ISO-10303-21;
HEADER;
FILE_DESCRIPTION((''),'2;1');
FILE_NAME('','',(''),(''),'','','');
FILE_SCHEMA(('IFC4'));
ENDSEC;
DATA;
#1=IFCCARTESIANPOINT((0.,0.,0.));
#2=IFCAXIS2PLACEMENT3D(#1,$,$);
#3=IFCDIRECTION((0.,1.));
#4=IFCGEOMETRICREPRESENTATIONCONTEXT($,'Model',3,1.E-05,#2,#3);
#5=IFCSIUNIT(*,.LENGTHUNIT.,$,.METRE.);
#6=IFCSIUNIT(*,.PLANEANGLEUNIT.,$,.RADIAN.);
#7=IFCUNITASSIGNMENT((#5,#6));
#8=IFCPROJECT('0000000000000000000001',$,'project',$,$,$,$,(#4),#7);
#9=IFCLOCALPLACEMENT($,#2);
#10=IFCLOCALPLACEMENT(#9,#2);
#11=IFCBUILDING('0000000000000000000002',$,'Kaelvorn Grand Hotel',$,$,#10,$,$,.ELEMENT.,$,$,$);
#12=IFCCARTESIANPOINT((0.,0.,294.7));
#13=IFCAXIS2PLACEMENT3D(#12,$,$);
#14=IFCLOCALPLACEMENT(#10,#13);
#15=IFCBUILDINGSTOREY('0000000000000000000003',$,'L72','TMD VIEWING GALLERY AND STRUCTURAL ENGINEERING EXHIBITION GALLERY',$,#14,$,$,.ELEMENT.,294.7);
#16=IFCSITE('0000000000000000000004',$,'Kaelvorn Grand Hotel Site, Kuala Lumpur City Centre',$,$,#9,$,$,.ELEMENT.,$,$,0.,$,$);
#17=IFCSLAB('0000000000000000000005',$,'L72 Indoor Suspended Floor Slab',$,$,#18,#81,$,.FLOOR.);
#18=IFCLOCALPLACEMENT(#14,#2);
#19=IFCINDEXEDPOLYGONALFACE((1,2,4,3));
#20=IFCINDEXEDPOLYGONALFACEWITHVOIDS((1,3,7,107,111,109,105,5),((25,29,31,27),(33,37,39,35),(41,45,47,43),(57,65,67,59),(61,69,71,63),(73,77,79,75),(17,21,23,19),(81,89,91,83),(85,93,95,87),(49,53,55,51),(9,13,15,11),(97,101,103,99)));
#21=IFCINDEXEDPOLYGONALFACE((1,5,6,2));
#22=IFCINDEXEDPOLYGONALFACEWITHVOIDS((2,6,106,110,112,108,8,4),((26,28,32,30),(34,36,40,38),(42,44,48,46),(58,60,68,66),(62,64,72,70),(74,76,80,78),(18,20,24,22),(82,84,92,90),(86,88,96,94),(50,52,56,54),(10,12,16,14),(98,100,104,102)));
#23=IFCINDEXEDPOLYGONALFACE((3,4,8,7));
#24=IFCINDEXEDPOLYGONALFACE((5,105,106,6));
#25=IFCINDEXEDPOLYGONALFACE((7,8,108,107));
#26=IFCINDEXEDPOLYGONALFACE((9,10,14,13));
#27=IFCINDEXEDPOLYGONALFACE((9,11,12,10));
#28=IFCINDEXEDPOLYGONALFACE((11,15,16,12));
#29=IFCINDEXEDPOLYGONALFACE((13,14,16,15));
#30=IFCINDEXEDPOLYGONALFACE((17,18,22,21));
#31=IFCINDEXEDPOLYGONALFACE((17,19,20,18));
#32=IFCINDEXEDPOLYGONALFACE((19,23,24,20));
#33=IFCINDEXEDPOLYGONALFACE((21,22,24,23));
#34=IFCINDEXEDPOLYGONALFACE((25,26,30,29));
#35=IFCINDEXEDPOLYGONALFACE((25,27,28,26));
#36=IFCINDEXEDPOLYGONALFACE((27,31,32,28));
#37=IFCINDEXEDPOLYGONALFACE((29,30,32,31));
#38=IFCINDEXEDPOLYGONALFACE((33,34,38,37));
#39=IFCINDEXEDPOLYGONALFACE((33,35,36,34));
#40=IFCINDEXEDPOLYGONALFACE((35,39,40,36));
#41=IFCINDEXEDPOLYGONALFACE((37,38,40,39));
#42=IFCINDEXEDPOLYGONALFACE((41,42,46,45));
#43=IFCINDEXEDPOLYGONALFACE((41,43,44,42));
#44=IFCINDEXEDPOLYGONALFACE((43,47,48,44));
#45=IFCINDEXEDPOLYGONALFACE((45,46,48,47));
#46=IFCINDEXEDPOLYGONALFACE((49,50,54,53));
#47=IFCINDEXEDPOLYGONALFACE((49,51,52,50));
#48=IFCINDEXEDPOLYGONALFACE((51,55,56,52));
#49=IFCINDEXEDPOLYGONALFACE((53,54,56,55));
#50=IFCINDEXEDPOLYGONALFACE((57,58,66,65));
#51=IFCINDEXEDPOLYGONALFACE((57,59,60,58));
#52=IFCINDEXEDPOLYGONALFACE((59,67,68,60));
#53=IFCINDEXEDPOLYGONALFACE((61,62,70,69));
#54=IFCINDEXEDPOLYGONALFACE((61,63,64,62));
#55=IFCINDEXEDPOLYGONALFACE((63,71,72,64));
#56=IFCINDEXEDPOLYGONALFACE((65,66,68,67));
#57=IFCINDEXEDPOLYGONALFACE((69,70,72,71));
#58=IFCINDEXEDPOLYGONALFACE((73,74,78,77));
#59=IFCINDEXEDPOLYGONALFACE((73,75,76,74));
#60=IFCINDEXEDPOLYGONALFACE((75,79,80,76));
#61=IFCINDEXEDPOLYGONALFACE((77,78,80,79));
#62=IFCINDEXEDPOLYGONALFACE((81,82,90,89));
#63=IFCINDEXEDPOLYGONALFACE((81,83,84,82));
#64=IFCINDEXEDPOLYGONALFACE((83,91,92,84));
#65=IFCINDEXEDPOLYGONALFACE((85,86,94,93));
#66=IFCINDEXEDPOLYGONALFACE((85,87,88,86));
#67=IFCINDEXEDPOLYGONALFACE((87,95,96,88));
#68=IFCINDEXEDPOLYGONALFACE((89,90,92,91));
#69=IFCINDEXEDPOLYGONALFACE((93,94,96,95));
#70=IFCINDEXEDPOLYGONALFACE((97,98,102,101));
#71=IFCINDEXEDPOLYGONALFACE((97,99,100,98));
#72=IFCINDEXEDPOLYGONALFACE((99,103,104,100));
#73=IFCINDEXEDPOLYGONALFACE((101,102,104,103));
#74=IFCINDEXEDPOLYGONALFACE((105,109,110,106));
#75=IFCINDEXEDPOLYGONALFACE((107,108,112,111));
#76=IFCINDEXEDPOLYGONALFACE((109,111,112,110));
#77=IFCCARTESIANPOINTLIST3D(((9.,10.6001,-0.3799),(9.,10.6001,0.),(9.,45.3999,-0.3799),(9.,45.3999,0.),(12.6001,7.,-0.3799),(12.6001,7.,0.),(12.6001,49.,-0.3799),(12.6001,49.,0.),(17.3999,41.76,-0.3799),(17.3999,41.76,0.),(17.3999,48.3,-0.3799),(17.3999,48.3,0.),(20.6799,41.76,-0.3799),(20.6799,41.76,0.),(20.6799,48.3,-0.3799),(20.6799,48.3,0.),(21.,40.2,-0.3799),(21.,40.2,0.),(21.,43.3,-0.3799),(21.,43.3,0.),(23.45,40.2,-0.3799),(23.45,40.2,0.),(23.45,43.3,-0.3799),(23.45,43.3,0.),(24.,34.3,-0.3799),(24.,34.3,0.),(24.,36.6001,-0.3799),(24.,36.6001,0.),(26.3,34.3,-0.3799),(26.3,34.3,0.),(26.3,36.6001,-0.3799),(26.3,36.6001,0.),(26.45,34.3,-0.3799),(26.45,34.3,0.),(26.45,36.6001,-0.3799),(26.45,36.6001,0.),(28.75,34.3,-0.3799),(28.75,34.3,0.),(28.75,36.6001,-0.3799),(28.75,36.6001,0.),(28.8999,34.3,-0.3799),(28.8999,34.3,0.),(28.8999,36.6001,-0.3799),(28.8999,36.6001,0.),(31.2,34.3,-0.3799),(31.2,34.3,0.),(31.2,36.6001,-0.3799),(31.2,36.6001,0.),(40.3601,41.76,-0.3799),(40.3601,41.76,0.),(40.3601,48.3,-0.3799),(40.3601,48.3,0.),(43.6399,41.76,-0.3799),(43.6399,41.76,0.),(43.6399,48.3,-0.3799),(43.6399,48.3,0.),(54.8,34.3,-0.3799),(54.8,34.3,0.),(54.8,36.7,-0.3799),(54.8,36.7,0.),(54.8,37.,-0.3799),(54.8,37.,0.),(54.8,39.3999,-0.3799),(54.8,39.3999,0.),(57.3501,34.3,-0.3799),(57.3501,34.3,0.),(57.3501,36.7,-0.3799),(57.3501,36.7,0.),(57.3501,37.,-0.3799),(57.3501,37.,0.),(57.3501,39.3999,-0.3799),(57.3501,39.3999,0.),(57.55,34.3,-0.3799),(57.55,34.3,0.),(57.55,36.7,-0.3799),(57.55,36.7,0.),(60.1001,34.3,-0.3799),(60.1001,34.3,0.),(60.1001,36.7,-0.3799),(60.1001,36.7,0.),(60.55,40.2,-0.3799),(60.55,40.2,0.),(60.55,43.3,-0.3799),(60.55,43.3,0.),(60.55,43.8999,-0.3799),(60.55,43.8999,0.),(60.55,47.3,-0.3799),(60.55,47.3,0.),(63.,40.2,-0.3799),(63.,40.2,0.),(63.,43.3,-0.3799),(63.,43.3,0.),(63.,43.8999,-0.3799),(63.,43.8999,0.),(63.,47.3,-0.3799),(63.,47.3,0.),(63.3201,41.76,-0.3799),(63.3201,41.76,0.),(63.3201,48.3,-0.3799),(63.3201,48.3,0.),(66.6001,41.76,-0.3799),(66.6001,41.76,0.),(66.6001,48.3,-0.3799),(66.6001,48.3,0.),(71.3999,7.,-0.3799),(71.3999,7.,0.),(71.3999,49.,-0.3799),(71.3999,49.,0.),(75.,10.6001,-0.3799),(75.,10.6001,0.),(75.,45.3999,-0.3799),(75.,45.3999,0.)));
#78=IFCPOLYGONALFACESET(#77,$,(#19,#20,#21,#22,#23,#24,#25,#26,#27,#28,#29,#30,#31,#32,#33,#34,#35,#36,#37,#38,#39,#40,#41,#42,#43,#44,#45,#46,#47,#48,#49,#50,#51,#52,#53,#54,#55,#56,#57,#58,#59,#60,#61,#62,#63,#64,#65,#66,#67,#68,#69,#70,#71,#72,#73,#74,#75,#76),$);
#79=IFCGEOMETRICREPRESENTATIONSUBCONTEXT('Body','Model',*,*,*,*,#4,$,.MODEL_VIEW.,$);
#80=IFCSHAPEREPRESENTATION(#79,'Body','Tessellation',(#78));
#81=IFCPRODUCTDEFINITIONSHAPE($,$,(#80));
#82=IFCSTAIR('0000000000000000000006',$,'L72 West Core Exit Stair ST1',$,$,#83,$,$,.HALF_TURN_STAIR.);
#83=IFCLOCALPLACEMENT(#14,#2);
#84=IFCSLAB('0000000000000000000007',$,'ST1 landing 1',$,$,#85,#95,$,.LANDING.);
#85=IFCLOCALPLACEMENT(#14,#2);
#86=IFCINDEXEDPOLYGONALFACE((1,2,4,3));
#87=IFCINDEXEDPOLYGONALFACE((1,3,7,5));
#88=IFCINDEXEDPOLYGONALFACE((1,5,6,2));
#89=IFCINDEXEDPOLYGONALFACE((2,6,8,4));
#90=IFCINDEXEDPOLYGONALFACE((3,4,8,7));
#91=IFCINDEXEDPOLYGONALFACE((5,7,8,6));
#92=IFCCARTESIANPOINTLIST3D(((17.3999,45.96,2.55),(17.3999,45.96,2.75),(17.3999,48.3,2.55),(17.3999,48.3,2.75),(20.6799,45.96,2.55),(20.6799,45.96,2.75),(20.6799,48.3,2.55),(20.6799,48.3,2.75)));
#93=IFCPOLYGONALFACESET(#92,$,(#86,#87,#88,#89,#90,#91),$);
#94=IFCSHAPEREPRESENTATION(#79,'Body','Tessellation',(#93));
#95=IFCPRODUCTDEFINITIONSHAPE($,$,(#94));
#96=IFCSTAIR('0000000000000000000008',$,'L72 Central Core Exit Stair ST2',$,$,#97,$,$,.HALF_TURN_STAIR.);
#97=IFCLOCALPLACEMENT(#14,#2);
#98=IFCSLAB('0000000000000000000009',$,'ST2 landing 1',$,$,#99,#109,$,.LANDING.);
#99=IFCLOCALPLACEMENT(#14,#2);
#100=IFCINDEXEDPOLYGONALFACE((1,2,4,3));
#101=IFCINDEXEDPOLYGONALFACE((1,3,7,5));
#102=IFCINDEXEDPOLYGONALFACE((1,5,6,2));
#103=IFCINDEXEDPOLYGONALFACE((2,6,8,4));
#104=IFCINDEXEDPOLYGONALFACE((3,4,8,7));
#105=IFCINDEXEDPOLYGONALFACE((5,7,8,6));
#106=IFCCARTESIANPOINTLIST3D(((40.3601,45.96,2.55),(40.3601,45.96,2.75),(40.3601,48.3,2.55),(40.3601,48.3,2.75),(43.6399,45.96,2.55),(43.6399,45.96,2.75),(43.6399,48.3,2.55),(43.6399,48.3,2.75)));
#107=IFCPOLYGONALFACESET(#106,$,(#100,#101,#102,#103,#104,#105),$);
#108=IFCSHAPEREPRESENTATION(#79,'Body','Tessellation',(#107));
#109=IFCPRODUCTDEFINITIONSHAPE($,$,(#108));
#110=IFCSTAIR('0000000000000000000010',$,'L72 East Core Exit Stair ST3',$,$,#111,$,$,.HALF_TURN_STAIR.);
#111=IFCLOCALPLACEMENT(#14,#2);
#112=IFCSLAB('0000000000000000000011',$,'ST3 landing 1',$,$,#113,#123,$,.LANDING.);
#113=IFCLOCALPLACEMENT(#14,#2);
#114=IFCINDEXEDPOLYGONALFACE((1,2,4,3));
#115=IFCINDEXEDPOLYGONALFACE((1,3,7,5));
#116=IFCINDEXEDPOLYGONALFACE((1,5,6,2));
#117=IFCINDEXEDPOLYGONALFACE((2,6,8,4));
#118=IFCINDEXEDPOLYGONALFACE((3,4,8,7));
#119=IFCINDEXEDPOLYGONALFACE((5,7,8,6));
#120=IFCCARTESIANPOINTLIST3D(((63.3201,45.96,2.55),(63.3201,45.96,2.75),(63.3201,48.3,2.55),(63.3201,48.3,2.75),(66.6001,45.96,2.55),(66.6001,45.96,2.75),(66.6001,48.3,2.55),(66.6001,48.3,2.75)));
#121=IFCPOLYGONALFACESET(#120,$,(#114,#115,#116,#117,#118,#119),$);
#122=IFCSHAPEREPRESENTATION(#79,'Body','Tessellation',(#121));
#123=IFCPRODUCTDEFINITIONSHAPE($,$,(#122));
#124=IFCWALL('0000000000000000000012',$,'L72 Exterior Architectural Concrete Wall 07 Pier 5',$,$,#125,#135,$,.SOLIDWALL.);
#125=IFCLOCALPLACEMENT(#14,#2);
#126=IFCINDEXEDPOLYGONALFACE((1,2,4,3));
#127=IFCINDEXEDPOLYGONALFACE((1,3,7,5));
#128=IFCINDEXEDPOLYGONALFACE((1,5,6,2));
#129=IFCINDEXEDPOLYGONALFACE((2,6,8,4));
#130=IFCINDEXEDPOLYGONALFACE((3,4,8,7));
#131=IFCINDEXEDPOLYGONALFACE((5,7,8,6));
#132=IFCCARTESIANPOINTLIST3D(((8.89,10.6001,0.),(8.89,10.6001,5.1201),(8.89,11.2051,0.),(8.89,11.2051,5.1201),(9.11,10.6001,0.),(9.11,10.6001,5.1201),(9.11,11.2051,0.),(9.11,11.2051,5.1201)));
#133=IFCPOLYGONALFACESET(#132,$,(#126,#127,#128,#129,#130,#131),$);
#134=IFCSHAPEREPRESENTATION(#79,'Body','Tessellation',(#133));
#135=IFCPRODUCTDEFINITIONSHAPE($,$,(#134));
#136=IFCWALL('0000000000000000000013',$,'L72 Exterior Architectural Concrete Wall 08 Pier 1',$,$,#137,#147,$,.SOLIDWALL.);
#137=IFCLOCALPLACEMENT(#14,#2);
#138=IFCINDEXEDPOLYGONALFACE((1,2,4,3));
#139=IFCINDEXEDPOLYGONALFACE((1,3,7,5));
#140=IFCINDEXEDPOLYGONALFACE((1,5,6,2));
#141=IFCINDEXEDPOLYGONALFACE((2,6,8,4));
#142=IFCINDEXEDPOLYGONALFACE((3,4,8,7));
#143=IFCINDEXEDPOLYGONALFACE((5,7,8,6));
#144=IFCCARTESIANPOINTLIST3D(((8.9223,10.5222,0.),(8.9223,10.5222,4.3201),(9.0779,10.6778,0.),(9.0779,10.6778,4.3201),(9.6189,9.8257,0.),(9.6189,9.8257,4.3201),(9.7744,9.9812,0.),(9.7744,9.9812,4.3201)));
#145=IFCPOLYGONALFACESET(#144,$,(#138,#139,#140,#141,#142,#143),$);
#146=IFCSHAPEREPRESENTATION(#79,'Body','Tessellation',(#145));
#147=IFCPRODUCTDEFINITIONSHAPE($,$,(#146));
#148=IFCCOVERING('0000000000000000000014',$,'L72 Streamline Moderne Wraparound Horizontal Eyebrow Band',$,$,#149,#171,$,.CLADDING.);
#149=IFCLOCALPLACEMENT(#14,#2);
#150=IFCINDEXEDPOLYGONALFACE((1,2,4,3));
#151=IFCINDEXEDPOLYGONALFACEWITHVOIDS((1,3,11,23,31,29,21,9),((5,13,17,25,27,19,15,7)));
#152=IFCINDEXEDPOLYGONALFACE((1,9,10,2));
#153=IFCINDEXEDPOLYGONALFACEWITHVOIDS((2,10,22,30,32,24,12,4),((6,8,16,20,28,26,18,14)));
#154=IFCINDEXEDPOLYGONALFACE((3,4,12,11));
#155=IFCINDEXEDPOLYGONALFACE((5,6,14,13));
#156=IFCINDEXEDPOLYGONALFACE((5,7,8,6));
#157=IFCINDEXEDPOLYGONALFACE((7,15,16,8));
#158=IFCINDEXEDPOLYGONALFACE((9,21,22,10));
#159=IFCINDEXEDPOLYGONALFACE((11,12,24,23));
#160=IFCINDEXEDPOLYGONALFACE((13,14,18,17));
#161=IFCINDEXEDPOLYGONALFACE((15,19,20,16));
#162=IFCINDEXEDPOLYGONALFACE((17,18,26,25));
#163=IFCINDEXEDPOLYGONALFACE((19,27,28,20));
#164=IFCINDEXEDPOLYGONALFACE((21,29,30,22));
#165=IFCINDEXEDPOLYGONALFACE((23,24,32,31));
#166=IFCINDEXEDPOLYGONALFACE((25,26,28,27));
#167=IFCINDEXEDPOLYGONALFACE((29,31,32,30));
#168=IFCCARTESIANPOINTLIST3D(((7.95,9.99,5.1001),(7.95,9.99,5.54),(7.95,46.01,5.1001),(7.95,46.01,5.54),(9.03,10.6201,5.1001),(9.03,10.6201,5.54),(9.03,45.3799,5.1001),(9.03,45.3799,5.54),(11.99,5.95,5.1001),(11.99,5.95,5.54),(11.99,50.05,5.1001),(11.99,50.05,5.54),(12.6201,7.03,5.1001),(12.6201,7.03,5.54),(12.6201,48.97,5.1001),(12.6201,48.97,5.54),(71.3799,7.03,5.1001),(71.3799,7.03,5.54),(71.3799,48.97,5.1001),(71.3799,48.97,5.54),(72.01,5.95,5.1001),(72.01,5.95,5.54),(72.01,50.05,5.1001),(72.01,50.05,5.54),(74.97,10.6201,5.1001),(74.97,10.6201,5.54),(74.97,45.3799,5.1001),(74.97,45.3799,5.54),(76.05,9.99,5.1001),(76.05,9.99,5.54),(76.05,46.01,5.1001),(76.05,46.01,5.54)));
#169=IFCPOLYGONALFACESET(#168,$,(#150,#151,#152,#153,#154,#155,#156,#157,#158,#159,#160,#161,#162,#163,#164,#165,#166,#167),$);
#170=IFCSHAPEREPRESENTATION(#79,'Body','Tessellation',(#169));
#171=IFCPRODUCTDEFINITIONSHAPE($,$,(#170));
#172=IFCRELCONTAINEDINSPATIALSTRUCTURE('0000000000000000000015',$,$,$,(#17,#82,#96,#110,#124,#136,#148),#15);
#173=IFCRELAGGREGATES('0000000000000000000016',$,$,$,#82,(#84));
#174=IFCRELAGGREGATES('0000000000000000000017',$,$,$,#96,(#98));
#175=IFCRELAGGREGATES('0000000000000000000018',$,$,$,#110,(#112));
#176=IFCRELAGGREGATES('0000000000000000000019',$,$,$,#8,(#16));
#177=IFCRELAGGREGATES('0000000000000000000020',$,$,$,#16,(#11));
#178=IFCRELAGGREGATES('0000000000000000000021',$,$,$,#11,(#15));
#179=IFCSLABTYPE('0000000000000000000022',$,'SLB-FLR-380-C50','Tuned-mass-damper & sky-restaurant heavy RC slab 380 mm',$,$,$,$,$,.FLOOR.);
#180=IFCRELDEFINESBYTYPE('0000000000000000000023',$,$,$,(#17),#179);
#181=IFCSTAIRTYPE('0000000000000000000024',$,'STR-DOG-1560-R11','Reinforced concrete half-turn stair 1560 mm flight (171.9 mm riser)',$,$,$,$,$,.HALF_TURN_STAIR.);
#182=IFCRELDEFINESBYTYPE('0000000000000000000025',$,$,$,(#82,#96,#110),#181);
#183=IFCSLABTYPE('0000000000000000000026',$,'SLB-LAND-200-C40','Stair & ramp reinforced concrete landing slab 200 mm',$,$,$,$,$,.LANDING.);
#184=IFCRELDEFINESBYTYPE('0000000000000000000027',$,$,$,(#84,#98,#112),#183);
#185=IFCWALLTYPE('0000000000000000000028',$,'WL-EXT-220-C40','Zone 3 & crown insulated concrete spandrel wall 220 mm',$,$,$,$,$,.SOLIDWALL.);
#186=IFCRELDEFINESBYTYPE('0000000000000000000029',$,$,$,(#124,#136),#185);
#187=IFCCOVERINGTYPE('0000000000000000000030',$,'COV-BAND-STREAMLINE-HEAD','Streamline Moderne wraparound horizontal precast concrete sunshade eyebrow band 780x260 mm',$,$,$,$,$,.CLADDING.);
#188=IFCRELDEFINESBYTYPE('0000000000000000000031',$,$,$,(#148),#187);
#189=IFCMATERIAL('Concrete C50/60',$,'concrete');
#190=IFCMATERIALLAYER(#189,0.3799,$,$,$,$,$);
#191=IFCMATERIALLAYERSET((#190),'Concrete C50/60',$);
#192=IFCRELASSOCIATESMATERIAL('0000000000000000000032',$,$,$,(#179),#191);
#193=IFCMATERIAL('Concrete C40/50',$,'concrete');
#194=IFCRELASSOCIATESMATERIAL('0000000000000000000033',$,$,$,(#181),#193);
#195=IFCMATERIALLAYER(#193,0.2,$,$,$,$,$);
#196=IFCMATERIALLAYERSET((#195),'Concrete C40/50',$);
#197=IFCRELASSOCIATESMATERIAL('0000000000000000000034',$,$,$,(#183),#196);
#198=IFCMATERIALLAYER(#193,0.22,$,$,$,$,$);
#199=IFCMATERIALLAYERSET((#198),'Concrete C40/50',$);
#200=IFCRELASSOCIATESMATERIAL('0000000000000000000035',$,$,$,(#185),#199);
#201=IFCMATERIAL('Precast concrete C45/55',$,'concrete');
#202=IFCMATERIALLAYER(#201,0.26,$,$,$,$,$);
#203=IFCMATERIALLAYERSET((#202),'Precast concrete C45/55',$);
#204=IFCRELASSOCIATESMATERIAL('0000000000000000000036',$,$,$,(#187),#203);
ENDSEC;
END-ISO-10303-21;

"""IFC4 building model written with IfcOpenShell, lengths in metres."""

from ifc_helpers import new_model, si_unit, direction, frame, frame_2d, origin, place, context, subcontext, project, spatial, polyline, rectangle, outline, extrude, material, layer, layer_set, type_object, element, aggregate, save


model = new_model("IFC4")

# Units and contexts
model_context = context("Model", 3, precision=1e-05, world=origin(), true_north=direction((0.0, 1.0)))
body_context = subcontext(model_context, "Body", "Model", "MODEL_VIEW")
ifc_project = project(units=[si_unit("LENGTHUNIT", "METRE"), si_unit("PLANEANGLEUNIT", "RADIAN")], contexts=[model_context])

# Site, building, storey
site_placement = place(None, origin())
site = spatial("IfcSite", under=ifc_project, at=site_placement, Name="Kaelvorn Grand Hotel Site, Kuala Lumpur City Centre", CompositionType="ELEMENT", RefElevation=0.0)
building_placement = place(site_placement, origin())
building = spatial("IfcBuilding", under=site, at=building_placement, Name="Kaelvorn Grand Hotel", CompositionType="ELEMENT")
storey_placement = place(building_placement, frame((0.0, 0.0, 294.7)))
storey = spatial("IfcBuildingStorey", under=building, at=storey_placement, Name="L72", Description="TMD VIEWING GALLERY AND STRUCTURAL ENGINEERING EXHIBITION GALLERY", CompositionType="ELEMENT", Elevation=294.7)

# Shared definitions
ifc_material_1 = material(Name="Concrete C50/60", Category="concrete")

# Slab
ifc_layer_1 = layer(ifc_material_1, 0.3799)
ifc_layer_set_1 = layer_set([ifc_layer_1], Name="Concrete C50/60")
slab_type_1 = type_object("IfcSlabType", Name="SLB-FLR-380-C50", Description="Tuned-mass-damper & sky-restaurant heavy RC slab 380 mm", PredefinedType="FLOOR", material=ifc_layer_set_1)
slab_1_placement = place(storey_placement, frame((0.0, 0.0, -0.3799)))
element("IfcSlab", 1, at=slab_1_placement, inside=storey, type_object=slab_type_1, Name="L72 Indoor Suspended Floor Slab", PredefinedType="FLOOR", context=body_context, shape_type="SweptSolid", body=[
    extrude(outline(polyline([(12.6001, 7.0), (71.3999, 7.0), (75.0, 10.6001), (75.0, 45.3999), (71.3999, 49.0), (12.6001, 49.0), (9.0, 45.3999), (9.0, 10.6001), (12.6001, 7.0)]), holes=[polyline([(17.3999, 41.76), (17.3999, 48.3), (20.6799, 48.3), (20.6799, 41.76), (17.3999, 41.76)]), polyline([(40.3601, 41.76), (40.3601, 48.3), (43.6399, 48.3), (43.6399, 41.76), (40.3601, 41.76)]), polyline([(63.3201, 41.76), (63.3201, 48.3), (66.6001, 48.3), (66.6001, 41.76), (63.3201, 41.76)]), polyline([(24.0, 34.3), (24.0, 36.6001), (26.3, 36.6001), (26.3, 34.3), (24.0, 34.3)]), polyline([(26.45, 34.3), (26.45, 36.6001), (28.75, 36.6001), (28.75, 34.3), (26.45, 34.3)]), polyline([(28.8999, 34.3), (28.8999, 36.6001), (31.2, 36.6001), (31.2, 34.3), (28.8999, 34.3)]), polyline([(54.8, 34.3), (54.8, 36.7), (57.3501, 36.7), (57.3501, 34.3), (54.8, 34.3)]), polyline([(57.55, 34.3), (57.55, 36.7), (60.1001, 36.7), (60.1001, 34.3), (57.55, 34.3)]), polyline([(54.8, 37.0), (54.8, 39.3999), (57.3501, 39.3999), (57.3501, 37.0), (54.8, 37.0)]), polyline([(21.0, 40.2), (21.0, 43.3), (23.45, 43.3), (23.45, 40.2), (21.0, 40.2)]), polyline([(60.55, 40.2), (60.55, 43.3), (63.0, 43.3), (63.0, 40.2), (60.55, 40.2)]), polyline([(60.55, 43.8999), (60.55, 47.3), (63.0, 47.3), (63.0, 43.8999), (60.55, 43.8999)])]), origin(), (0.0, 0.0, 1.0), 0.3799),
])

# Stairs, slabs
ifc_material_2 = material(Name="Concrete C40/50", Category="concrete")
stair_type = type_object("IfcStairType", Name="STR-DOG-1560-R11", Description="Reinforced concrete half-turn stair 1560 mm flight (171.9 mm riser)", PredefinedType="HALF_TURN_STAIR", material=ifc_material_2)
stair_1_placement = place(storey_placement, origin())
stair_1 = element("IfcStair", 2, at=stair_1_placement, inside=storey, type_object=stair_type, Name="L72 West Core Exit Stair ST1", PredefinedType="HALF_TURN_STAIR")
ifc_layer_2 = layer(ifc_material_2, 0.2)
ifc_layer_set_2 = layer_set([ifc_layer_2], Name="Concrete C40/50")
slab_type_2 = type_object("IfcSlabType", Name="SLB-LAND-200-C40", Description="Stair & ramp reinforced concrete landing slab 200 mm", PredefinedType="LANDING", material=ifc_layer_set_2)
slab_2_placement = place(storey_placement, frame((0.0, 0.0, 2.55)))
slab_2 = element("IfcSlab", 3, at=slab_2_placement, type_object=slab_type_2, Name="ST1 landing 1", PredefinedType="LANDING", context=body_context, shape_type="SweptSolid", body=[
    extrude(outline(polyline([(20.6799, 45.96), (20.6799, 48.3), (17.3999, 48.3), (17.3999, 45.96), (20.6799, 45.96)])), origin(), (0.0, 0.0, 1.0), 0.2),
])
aggregate(stair_1, [slab_2])
stair_2_placement = place(storey_placement, origin())
stair_2 = element("IfcStair", 4, at=stair_2_placement, inside=storey, type_object=stair_type, Name="L72 Central Core Exit Stair ST2", PredefinedType="HALF_TURN_STAIR")
slab_3_placement = place(storey_placement, frame((0.0, 0.0, 2.55)))
slab_3 = element("IfcSlab", 5, at=slab_3_placement, type_object=slab_type_2, Name="ST2 landing 1", PredefinedType="LANDING", context=body_context, shape_type="SweptSolid", body=[
    extrude(outline(polyline([(43.6399, 45.96), (43.6399, 48.3), (40.3601, 48.3), (40.3601, 45.96), (43.6399, 45.96)])), origin(), (0.0, 0.0, 1.0), 0.2),
])
aggregate(stair_2, [slab_3])
stair_3_placement = place(storey_placement, origin())
stair_3 = element("IfcStair", 6, at=stair_3_placement, inside=storey, type_object=stair_type, Name="L72 East Core Exit Stair ST3", PredefinedType="HALF_TURN_STAIR")
slab_4_placement = place(storey_placement, frame((0.0, 0.0, 2.55)))
slab_4 = element("IfcSlab", 7, at=slab_4_placement, type_object=slab_type_2, Name="ST3 landing 1", PredefinedType="LANDING", context=body_context, shape_type="SweptSolid", body=[
    extrude(outline(polyline([(66.6001, 45.96), (66.6001, 48.3), (63.3201, 48.3), (63.3201, 45.96), (66.6001, 45.96)])), origin(), (0.0, 0.0, 1.0), 0.2),
])
aggregate(stair_3, [slab_4])

# Walls
ifc_layer_3 = layer(ifc_material_2, 0.22)
ifc_layer_set_3 = layer_set([ifc_layer_3], Name="Concrete C40/50")
wall_type = type_object("IfcWallType", Name="WL-EXT-220-C40", Description="Zone 3 & crown insulated concrete spandrel wall 220 mm", PredefinedType="SOLIDWALL", material=ifc_layer_set_3)
wall_1_placement = place(storey_placement, frame((9.0, 11.2051, 0.0), z_axis=(0.0, 0.0, 1.0), x_axis=(0.0, -1.0, 0.0)))
element("IfcWall", 8, at=wall_1_placement, inside=storey, type_object=wall_type, Name="L72 Exterior Architectural Concrete Wall 07 Pier 5", PredefinedType="SOLIDWALL", context=body_context, shape_type="SweptSolid", body=[
    extrude(rectangle(XDim=0.605, YDim=0.22, at=frame_2d((0.3025, 0.0))), origin(), (0.0, 0.0, 1.0), 5.1201),
])
wall_2_placement = place(storey_placement, frame((9.0, 10.6001, 0.0), z_axis=(0.0, 0.0, 1.0), x_axis=(0.707107, -0.707107, 0.0)))
element("IfcWall", 9, at=wall_2_placement, inside=storey, type_object=wall_type, Name="L72 Exterior Architectural Concrete Wall 08 Pier 1", PredefinedType="SOLIDWALL", context=body_context, shape_type="SweptSolid", body=[
    extrude(rectangle(XDim=0.9851, YDim=0.22, at=frame_2d((0.4927, 0.0))), origin(), (0.0, 0.0, 1.0), 4.3201),
])

# Covering
ifc_material_3 = material(Name="Precast concrete C45/55", Category="concrete")
ifc_layer_4 = layer(ifc_material_3, 0.26)
ifc_layer_set_4 = layer_set([ifc_layer_4], Name="Precast concrete C45/55")
covering_type = type_object("IfcCoveringType", Name="COV-BAND-STREAMLINE-HEAD", Description="Streamline Moderne wraparound horizontal precast concrete sunshade eyebrow band 780x260 mm", PredefinedType="CLADDING", material=ifc_layer_set_4)
covering_placement = place(storey_placement, frame((0.0, 0.0, 5.1001)))
element("IfcCovering", 10, at=covering_placement, inside=storey, type_object=covering_type, Name="L72 Streamline Moderne Wraparound Horizontal Eyebrow Band", PredefinedType="CLADDING", context=body_context, shape_type="SweptSolid", body=[
    extrude(outline(polyline([(11.99, 5.95), (72.01, 5.95), (76.05, 9.99), (76.05, 46.01), (72.01, 50.05), (11.99, 50.05), (7.95, 46.01), (7.95, 9.99), (11.99, 5.95)]), holes=[polyline([(12.6201, 7.03), (71.3799, 7.03), (74.97, 10.6201), (74.97, 45.3799), (71.3799, 48.97), (12.6201, 48.97), (9.03, 45.3799), (9.03, 10.6201), (12.6201, 7.03)])]), origin(), (0.0, 0.0, 1.0), 0.4399),
])

save(model, "model.ifc")
